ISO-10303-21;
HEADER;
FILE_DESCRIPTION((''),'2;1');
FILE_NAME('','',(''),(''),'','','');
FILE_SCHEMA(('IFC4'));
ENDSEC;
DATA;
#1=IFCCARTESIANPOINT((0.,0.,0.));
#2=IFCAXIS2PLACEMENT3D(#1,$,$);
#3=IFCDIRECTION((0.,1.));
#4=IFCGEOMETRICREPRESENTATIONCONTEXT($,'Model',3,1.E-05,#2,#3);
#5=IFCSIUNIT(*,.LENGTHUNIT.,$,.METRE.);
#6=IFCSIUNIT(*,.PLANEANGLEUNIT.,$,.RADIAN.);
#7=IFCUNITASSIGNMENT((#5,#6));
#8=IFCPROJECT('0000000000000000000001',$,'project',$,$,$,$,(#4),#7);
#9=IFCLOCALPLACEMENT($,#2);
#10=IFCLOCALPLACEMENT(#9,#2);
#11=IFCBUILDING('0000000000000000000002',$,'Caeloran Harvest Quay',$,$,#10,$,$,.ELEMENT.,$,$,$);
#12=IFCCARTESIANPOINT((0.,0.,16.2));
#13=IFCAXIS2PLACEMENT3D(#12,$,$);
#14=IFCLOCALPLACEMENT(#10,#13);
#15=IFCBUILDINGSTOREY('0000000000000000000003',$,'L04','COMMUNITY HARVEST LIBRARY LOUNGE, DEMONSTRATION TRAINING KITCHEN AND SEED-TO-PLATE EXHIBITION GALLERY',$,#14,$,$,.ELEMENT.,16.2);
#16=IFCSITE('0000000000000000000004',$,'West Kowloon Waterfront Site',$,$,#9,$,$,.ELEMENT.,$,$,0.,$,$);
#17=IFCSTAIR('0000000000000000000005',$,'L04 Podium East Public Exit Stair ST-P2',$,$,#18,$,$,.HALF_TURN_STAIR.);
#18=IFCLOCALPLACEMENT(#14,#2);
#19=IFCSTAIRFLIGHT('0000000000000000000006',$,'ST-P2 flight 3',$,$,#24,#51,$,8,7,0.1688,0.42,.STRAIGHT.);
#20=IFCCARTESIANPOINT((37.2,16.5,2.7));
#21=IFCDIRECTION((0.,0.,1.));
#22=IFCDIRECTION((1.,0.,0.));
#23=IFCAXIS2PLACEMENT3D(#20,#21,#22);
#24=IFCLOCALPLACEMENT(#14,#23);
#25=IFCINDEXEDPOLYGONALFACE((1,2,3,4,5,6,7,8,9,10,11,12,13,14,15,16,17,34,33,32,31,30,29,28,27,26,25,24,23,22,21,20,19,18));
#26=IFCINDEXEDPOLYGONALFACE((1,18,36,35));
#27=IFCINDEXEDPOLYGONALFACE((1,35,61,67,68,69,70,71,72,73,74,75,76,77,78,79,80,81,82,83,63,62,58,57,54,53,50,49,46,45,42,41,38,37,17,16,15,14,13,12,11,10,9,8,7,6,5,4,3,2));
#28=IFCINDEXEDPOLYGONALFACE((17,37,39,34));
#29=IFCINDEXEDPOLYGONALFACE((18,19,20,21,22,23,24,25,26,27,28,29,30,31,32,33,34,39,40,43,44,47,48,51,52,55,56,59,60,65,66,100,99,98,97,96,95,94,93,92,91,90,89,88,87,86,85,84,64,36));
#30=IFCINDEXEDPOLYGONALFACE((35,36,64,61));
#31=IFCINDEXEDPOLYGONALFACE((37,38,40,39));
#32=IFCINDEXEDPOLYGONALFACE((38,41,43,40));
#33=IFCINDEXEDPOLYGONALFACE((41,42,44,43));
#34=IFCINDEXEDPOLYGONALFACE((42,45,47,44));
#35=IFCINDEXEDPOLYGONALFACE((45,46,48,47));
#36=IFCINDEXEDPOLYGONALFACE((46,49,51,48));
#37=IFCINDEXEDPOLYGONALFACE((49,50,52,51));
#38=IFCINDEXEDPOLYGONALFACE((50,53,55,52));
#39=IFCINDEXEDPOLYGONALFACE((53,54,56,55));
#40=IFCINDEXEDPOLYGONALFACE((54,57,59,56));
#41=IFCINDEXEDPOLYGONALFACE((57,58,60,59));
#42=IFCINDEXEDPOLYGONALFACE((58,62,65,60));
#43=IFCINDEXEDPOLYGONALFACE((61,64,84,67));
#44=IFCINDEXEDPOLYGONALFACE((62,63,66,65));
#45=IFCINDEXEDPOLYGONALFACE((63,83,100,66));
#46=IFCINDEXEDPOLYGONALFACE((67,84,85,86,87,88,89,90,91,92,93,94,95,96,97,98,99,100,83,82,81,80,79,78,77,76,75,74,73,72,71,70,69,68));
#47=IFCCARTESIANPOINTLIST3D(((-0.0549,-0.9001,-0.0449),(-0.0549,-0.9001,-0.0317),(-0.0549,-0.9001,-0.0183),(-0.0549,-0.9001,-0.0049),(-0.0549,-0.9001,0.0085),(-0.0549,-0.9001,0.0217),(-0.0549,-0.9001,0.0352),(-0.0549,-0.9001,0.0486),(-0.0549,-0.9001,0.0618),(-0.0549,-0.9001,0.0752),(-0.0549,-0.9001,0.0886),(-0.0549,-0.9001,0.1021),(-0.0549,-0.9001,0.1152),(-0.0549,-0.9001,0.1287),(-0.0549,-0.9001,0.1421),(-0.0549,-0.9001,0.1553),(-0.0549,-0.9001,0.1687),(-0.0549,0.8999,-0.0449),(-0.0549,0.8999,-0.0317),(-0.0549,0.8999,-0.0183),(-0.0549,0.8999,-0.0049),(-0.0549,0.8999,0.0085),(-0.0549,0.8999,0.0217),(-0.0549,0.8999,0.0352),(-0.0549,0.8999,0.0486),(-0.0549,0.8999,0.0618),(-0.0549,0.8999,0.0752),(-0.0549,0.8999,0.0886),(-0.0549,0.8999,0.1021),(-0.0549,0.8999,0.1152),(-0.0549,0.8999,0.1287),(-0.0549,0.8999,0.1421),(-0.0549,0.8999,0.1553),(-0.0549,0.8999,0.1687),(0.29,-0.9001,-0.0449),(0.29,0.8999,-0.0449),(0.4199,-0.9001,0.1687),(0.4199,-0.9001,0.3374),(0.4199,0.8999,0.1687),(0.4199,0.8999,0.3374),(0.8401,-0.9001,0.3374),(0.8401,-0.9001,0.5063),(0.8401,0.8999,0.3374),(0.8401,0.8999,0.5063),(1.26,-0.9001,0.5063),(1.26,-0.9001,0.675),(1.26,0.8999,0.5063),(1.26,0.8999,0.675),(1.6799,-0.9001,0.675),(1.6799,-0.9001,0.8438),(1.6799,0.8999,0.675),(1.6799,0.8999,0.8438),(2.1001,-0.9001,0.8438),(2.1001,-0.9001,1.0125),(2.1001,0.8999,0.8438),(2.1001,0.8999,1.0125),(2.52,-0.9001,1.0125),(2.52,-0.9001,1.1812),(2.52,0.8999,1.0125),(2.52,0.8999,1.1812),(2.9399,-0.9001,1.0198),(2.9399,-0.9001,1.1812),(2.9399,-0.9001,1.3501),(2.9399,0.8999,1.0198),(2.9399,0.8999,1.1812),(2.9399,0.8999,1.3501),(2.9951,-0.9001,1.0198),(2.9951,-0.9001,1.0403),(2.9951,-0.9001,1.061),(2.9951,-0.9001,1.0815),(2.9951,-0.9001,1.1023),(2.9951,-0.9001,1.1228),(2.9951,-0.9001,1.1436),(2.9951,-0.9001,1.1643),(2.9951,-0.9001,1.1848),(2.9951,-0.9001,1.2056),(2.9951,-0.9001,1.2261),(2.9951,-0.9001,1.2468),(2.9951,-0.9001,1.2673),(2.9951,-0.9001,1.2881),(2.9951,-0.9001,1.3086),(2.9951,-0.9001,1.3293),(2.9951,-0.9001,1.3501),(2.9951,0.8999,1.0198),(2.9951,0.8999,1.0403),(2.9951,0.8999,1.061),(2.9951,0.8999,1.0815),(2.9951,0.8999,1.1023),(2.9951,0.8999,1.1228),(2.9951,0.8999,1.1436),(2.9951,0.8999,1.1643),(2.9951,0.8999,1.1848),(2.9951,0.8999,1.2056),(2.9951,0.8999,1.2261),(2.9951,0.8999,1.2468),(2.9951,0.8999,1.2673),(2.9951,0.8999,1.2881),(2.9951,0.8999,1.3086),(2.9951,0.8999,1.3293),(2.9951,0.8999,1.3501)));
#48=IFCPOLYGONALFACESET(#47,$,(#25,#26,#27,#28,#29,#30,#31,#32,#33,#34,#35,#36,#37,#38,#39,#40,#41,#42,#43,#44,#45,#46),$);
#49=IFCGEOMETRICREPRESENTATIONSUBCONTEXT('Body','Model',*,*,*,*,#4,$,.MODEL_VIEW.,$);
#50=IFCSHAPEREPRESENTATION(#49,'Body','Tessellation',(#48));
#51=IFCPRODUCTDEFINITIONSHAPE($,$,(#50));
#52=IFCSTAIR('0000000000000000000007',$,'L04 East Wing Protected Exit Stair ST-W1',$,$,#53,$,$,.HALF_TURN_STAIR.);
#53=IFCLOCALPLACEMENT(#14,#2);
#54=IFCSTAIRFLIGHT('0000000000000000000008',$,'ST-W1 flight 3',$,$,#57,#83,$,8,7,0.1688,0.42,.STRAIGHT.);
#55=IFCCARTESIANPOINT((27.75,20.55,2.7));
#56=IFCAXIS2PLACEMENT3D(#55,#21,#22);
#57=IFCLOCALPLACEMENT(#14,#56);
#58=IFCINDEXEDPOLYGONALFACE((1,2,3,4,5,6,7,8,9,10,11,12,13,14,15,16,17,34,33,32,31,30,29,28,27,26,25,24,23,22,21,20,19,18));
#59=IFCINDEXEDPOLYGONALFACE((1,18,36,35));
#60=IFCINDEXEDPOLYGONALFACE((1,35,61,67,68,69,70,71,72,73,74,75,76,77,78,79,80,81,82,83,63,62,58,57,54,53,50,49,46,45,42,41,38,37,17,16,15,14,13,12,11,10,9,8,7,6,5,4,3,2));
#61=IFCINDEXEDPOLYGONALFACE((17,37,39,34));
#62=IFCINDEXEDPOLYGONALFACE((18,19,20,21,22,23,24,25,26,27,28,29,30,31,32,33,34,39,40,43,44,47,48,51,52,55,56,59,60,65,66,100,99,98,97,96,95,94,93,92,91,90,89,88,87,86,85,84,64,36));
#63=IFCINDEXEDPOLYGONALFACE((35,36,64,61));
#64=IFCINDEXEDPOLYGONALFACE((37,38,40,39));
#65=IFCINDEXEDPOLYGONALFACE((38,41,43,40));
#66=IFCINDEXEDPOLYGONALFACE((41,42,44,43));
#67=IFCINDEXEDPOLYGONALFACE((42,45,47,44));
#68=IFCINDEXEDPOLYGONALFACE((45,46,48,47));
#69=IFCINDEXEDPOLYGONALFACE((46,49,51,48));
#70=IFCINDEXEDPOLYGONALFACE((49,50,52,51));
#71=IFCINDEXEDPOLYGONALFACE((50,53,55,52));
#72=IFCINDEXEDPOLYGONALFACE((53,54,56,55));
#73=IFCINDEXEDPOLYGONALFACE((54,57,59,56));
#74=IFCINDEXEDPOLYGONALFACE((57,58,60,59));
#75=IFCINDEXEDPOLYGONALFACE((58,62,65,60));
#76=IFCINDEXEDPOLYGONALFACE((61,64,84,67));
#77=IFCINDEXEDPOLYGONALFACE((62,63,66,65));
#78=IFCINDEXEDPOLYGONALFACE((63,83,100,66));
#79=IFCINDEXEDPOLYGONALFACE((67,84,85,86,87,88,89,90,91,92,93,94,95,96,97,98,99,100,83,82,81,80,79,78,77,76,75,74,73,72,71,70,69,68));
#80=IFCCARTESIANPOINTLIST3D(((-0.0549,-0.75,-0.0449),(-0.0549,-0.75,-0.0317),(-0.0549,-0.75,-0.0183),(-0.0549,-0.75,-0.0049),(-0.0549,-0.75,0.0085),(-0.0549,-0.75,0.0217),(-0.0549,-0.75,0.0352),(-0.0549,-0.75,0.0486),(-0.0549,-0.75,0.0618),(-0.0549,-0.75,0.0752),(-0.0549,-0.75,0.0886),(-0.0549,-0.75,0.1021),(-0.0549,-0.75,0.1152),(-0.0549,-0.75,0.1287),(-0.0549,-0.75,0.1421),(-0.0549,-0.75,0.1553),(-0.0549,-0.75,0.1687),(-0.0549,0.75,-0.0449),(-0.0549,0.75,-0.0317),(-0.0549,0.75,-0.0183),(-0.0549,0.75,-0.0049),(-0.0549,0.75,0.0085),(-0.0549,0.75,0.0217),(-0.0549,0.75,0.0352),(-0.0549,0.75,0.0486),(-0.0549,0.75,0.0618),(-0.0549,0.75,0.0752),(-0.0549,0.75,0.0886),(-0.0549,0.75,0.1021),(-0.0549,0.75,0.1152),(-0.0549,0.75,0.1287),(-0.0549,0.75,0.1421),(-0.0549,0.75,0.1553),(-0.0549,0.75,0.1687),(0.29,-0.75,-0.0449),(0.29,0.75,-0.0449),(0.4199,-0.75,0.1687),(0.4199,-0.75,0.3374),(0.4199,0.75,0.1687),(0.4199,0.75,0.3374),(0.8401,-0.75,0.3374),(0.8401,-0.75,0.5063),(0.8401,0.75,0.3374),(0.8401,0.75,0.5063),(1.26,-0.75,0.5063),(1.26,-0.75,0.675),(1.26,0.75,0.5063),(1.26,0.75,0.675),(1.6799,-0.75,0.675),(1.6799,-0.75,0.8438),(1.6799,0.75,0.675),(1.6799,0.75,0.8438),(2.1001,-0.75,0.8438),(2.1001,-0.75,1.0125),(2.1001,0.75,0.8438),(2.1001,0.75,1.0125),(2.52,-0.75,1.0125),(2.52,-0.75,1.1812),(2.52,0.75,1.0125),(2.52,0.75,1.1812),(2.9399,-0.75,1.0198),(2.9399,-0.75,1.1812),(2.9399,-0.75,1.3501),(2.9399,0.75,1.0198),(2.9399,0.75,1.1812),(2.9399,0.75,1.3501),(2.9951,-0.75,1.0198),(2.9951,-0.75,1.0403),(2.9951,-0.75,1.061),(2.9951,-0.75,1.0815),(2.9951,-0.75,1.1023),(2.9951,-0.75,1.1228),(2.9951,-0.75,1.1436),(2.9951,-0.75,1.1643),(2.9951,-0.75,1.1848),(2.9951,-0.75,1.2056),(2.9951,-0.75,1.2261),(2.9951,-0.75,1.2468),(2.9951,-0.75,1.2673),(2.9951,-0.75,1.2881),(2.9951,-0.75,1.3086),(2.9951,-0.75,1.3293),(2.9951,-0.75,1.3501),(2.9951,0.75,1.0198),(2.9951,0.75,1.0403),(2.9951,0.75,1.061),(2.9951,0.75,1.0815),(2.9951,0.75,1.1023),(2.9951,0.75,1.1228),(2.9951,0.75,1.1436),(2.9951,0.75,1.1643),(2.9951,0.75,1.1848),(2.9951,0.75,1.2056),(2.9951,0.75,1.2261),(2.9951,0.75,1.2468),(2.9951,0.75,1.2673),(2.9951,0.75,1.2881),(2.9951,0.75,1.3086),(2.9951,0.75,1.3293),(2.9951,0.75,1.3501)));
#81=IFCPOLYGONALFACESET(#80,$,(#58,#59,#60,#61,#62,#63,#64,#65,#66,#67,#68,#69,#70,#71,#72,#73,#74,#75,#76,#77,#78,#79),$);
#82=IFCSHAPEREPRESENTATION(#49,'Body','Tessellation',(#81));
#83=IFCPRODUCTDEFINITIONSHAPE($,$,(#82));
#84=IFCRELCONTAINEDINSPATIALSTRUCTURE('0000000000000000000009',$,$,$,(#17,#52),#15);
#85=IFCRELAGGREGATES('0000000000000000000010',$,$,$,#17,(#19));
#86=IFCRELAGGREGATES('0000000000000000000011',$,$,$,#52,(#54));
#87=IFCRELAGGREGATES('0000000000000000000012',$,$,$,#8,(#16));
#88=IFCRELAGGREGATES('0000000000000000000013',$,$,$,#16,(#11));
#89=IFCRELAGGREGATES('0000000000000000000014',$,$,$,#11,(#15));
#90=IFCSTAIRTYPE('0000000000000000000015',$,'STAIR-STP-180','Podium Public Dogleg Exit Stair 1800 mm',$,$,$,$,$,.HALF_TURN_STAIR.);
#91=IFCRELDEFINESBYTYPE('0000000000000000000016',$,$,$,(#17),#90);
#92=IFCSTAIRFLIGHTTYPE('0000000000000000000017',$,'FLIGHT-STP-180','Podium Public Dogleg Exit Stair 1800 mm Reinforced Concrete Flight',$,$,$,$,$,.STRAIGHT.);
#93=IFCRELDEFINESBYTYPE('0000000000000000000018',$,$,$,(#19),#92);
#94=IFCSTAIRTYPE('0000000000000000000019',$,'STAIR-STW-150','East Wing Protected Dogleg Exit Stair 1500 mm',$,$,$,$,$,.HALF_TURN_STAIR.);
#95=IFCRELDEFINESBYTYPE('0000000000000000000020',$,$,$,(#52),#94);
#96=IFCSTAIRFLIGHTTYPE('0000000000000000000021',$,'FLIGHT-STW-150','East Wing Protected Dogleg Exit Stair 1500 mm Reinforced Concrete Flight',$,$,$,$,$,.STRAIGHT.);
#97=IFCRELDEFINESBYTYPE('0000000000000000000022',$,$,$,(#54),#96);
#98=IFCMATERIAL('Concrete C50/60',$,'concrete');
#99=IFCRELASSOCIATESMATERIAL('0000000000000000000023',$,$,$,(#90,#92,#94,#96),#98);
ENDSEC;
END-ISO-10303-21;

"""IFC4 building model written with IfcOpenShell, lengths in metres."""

from ifc_helpers import new_model, si_unit, direction, frame, origin, place, context, subcontext, project, spatial, polyline, outline, extrude, material, type_object, element, aggregate, save


model = new_model("IFC4")

# Units and contexts
model_context = context("Model", 3, precision=1e-05, world=origin(), true_north=direction((0.0, 1.0)))
body_context = subcontext(model_context, "Body", "Model", "MODEL_VIEW")
ifc_project = project(units=[si_unit("LENGTHUNIT", "METRE"), si_unit("PLANEANGLEUNIT", "RADIAN")], contexts=[model_context])

# Site, building, storey
site_placement = place(None, origin())
site = spatial("IfcSite", under=ifc_project, at=site_placement, Name="West Kowloon Waterfront Site", CompositionType="ELEMENT", RefElevation=0.0)
building_placement = place(site_placement, origin())
building = spatial("IfcBuilding", under=site, at=building_placement, Name="Caeloran Harvest Quay", CompositionType="ELEMENT")
storey_placement = place(building_placement, frame((0.0, 0.0, 16.2)))
storey = spatial("IfcBuildingStorey", under=building, at=storey_placement, Name="L04", Description="COMMUNITY HARVEST LIBRARY LOUNGE, DEMONSTRATION TRAINING KITCHEN AND SEED-TO-PLATE EXHIBITION GALLERY", CompositionType="ELEMENT", Elevation=16.2)

# Stairs, stair flights
ifc_material_1 = material(Name="Concrete C50/60", Category="concrete")
stair_type_1 = type_object("IfcStairType", Name="STAIR-STP-180", Description="Podium Public Dogleg Exit Stair 1800 mm", PredefinedType="HALF_TURN_STAIR", material=ifc_material_1)
stair_1_placement = place(storey_placement, origin())
stair_1 = element("IfcStair", 1, at=stair_1_placement, inside=storey, type_object=stair_type_1, Name="L04 Podium East Public Exit Stair ST-P2", PredefinedType="HALF_TURN_STAIR")
stair_flight_type_1 = type_object("IfcStairFlightType", Name="FLIGHT-STP-180", Description="Podium Public Dogleg Exit Stair 1800 mm Reinforced Concrete Flight", PredefinedType="STRAIGHT", material=ifc_material_1)
stair_flight_1_placement = place(storey_placement, frame((37.2, 16.5, 2.7), z_axis=(0.0, 0.0, 1.0), x_axis=(1.0, 0.0, 0.0)))
stair_flight_1 = element("IfcStairFlight", 2, at=stair_flight_1_placement, type_object=stair_flight_type_1, Name="ST-P2 flight 3", NumberOfRisers=8, NumberOfTreads=7, PredefinedType="STRAIGHT", RiserHeight=0.1688, TreadLength=0.42, context=body_context, shape_type="SweptSolid", body=[
    extrude(outline(polyline([(-0.0549, -0.0449), (-0.0549, -0.0317), (-0.0549, -0.0183), (-0.0549, -0.0049), (-0.0549, 0.0085), (-0.0549, 0.0217), (-0.0549, 0.0352), (-0.0549, 0.0486), (-0.0549, 0.0618), (-0.0549, 0.0752), (-0.0549, 0.0886), (-0.0549, 0.1021), (-0.0549, 0.1152), (-0.0549, 0.1287), (-0.0549, 0.1421), (-0.0549, 0.1553), (-0.0549, 0.1687), (0.4199, 0.1687), (0.4199, 0.3374), (0.8401, 0.3374), (0.8401, 0.5063), (1.26, 0.5063), (1.26, 0.675), (1.6799, 0.675), (1.6799, 0.8438), (2.1001, 0.8438), (2.1001, 1.0125), (2.52, 1.0125), (2.52, 1.1812), (2.9399, 1.1812), (2.9399, 1.3501), (2.9951, 1.3501), (2.9951, 1.3293), (2.9951, 1.3086), (2.9951, 1.2881), (2.9951, 1.2673), (2.9951, 1.2468), (2.9951, 1.2261), (2.9951, 1.2056), (2.9951, 1.1848), (2.9951, 1.1643), (2.9951, 1.1436), (2.9951, 1.1228), (2.9951, 1.1023), (2.9951, 1.0815), (2.9951, 1.061), (2.9951, 1.0403), (2.9951, 1.0198), (2.9399, 1.0198), (0.29, -0.0449), (-0.0549, -0.0449)])), frame((0.0, 0.8999, 0.0), z_axis=(0.0, -1.0, 0.0), x_axis=(1.0, 0.0, 0.0)), (0.0, 0.0, 1.0), 1.8),
])
aggregate(stair_1, [stair_flight_1])
stair_type_2 = type_object("IfcStairType", Name="STAIR-STW-150", Description="East Wing Protected Dogleg Exit Stair 1500 mm", PredefinedType="HALF_TURN_STAIR", material=ifc_material_1)
stair_2_placement = place(storey_placement, origin())
stair_2 = element("IfcStair", 3, at=stair_2_placement, inside=storey, type_object=stair_type_2, Name="L04 East Wing Protected Exit Stair ST-W1", PredefinedType="HALF_TURN_STAIR")
stair_flight_type_2 = type_object("IfcStairFlightType", Name="FLIGHT-STW-150", Description="East Wing Protected Dogleg Exit Stair 1500 mm Reinforced Concrete Flight", PredefinedType="STRAIGHT", material=ifc_material_1)
stair_flight_2_placement = place(storey_placement, frame((27.75, 20.55, 2.7), z_axis=(0.0, 0.0, 1.0), x_axis=(1.0, 0.0, 0.0)))
stair_flight_2 = element("IfcStairFlight", 4, at=stair_flight_2_placement, type_object=stair_flight_type_2, Name="ST-W1 flight 3", NumberOfRisers=8, NumberOfTreads=7, PredefinedType="STRAIGHT", RiserHeight=0.1688, TreadLength=0.42, context=body_context, shape_type="SweptSolid", body=[
    extrude(outline(polyline([(-0.0549, -0.0449), (-0.0549, -0.0317), (-0.0549, -0.0183), (-0.0549, -0.0049), (-0.0549, 0.0085), (-0.0549, 0.0217), (-0.0549, 0.0352), (-0.0549, 0.0486), (-0.0549, 0.0618), (-0.0549, 0.0752), (-0.0549, 0.0886), (-0.0549, 0.1021), (-0.0549, 0.1152), (-0.0549, 0.1287), (-0.0549, 0.1421), (-0.0549, 0.1553), (-0.0549, 0.1687), (0.4199, 0.1687), (0.4199, 0.3374), (0.8401, 0.3374), (0.8401, 0.5063), (1.26, 0.5063), (1.26, 0.675), (1.6799, 0.675), (1.6799, 0.8438), (2.1001, 0.8438), (2.1001, 1.0125), (2.52, 1.0125), (2.52, 1.1812), (2.9399, 1.1812), (2.9399, 1.3501), (2.9951, 1.3501), (2.9951, 1.3293), (2.9951, 1.3086), (2.9951, 1.2881), (2.9951, 1.2673), (2.9951, 1.2468), (2.9951, 1.2261), (2.9951, 1.2056), (2.9951, 1.1848), (2.9951, 1.1643), (2.9951, 1.1436), (2.9951, 1.1228), (2.9951, 1.1023), (2.9951, 1.0815), (2.9951, 1.061), (2.9951, 1.0403), (2.9951, 1.0198), (2.9399, 1.0198), (0.29, -0.0449), (-0.0549, -0.0449)])), frame((0.0, 0.75, 0.0), z_axis=(0.0, -1.0, 0.0), x_axis=(1.0, 0.0, 0.0)), (0.0, 0.0, 1.0), 1.5),
])
aggregate(stair_2, [stair_flight_2])

save(model, "model.ifc")
